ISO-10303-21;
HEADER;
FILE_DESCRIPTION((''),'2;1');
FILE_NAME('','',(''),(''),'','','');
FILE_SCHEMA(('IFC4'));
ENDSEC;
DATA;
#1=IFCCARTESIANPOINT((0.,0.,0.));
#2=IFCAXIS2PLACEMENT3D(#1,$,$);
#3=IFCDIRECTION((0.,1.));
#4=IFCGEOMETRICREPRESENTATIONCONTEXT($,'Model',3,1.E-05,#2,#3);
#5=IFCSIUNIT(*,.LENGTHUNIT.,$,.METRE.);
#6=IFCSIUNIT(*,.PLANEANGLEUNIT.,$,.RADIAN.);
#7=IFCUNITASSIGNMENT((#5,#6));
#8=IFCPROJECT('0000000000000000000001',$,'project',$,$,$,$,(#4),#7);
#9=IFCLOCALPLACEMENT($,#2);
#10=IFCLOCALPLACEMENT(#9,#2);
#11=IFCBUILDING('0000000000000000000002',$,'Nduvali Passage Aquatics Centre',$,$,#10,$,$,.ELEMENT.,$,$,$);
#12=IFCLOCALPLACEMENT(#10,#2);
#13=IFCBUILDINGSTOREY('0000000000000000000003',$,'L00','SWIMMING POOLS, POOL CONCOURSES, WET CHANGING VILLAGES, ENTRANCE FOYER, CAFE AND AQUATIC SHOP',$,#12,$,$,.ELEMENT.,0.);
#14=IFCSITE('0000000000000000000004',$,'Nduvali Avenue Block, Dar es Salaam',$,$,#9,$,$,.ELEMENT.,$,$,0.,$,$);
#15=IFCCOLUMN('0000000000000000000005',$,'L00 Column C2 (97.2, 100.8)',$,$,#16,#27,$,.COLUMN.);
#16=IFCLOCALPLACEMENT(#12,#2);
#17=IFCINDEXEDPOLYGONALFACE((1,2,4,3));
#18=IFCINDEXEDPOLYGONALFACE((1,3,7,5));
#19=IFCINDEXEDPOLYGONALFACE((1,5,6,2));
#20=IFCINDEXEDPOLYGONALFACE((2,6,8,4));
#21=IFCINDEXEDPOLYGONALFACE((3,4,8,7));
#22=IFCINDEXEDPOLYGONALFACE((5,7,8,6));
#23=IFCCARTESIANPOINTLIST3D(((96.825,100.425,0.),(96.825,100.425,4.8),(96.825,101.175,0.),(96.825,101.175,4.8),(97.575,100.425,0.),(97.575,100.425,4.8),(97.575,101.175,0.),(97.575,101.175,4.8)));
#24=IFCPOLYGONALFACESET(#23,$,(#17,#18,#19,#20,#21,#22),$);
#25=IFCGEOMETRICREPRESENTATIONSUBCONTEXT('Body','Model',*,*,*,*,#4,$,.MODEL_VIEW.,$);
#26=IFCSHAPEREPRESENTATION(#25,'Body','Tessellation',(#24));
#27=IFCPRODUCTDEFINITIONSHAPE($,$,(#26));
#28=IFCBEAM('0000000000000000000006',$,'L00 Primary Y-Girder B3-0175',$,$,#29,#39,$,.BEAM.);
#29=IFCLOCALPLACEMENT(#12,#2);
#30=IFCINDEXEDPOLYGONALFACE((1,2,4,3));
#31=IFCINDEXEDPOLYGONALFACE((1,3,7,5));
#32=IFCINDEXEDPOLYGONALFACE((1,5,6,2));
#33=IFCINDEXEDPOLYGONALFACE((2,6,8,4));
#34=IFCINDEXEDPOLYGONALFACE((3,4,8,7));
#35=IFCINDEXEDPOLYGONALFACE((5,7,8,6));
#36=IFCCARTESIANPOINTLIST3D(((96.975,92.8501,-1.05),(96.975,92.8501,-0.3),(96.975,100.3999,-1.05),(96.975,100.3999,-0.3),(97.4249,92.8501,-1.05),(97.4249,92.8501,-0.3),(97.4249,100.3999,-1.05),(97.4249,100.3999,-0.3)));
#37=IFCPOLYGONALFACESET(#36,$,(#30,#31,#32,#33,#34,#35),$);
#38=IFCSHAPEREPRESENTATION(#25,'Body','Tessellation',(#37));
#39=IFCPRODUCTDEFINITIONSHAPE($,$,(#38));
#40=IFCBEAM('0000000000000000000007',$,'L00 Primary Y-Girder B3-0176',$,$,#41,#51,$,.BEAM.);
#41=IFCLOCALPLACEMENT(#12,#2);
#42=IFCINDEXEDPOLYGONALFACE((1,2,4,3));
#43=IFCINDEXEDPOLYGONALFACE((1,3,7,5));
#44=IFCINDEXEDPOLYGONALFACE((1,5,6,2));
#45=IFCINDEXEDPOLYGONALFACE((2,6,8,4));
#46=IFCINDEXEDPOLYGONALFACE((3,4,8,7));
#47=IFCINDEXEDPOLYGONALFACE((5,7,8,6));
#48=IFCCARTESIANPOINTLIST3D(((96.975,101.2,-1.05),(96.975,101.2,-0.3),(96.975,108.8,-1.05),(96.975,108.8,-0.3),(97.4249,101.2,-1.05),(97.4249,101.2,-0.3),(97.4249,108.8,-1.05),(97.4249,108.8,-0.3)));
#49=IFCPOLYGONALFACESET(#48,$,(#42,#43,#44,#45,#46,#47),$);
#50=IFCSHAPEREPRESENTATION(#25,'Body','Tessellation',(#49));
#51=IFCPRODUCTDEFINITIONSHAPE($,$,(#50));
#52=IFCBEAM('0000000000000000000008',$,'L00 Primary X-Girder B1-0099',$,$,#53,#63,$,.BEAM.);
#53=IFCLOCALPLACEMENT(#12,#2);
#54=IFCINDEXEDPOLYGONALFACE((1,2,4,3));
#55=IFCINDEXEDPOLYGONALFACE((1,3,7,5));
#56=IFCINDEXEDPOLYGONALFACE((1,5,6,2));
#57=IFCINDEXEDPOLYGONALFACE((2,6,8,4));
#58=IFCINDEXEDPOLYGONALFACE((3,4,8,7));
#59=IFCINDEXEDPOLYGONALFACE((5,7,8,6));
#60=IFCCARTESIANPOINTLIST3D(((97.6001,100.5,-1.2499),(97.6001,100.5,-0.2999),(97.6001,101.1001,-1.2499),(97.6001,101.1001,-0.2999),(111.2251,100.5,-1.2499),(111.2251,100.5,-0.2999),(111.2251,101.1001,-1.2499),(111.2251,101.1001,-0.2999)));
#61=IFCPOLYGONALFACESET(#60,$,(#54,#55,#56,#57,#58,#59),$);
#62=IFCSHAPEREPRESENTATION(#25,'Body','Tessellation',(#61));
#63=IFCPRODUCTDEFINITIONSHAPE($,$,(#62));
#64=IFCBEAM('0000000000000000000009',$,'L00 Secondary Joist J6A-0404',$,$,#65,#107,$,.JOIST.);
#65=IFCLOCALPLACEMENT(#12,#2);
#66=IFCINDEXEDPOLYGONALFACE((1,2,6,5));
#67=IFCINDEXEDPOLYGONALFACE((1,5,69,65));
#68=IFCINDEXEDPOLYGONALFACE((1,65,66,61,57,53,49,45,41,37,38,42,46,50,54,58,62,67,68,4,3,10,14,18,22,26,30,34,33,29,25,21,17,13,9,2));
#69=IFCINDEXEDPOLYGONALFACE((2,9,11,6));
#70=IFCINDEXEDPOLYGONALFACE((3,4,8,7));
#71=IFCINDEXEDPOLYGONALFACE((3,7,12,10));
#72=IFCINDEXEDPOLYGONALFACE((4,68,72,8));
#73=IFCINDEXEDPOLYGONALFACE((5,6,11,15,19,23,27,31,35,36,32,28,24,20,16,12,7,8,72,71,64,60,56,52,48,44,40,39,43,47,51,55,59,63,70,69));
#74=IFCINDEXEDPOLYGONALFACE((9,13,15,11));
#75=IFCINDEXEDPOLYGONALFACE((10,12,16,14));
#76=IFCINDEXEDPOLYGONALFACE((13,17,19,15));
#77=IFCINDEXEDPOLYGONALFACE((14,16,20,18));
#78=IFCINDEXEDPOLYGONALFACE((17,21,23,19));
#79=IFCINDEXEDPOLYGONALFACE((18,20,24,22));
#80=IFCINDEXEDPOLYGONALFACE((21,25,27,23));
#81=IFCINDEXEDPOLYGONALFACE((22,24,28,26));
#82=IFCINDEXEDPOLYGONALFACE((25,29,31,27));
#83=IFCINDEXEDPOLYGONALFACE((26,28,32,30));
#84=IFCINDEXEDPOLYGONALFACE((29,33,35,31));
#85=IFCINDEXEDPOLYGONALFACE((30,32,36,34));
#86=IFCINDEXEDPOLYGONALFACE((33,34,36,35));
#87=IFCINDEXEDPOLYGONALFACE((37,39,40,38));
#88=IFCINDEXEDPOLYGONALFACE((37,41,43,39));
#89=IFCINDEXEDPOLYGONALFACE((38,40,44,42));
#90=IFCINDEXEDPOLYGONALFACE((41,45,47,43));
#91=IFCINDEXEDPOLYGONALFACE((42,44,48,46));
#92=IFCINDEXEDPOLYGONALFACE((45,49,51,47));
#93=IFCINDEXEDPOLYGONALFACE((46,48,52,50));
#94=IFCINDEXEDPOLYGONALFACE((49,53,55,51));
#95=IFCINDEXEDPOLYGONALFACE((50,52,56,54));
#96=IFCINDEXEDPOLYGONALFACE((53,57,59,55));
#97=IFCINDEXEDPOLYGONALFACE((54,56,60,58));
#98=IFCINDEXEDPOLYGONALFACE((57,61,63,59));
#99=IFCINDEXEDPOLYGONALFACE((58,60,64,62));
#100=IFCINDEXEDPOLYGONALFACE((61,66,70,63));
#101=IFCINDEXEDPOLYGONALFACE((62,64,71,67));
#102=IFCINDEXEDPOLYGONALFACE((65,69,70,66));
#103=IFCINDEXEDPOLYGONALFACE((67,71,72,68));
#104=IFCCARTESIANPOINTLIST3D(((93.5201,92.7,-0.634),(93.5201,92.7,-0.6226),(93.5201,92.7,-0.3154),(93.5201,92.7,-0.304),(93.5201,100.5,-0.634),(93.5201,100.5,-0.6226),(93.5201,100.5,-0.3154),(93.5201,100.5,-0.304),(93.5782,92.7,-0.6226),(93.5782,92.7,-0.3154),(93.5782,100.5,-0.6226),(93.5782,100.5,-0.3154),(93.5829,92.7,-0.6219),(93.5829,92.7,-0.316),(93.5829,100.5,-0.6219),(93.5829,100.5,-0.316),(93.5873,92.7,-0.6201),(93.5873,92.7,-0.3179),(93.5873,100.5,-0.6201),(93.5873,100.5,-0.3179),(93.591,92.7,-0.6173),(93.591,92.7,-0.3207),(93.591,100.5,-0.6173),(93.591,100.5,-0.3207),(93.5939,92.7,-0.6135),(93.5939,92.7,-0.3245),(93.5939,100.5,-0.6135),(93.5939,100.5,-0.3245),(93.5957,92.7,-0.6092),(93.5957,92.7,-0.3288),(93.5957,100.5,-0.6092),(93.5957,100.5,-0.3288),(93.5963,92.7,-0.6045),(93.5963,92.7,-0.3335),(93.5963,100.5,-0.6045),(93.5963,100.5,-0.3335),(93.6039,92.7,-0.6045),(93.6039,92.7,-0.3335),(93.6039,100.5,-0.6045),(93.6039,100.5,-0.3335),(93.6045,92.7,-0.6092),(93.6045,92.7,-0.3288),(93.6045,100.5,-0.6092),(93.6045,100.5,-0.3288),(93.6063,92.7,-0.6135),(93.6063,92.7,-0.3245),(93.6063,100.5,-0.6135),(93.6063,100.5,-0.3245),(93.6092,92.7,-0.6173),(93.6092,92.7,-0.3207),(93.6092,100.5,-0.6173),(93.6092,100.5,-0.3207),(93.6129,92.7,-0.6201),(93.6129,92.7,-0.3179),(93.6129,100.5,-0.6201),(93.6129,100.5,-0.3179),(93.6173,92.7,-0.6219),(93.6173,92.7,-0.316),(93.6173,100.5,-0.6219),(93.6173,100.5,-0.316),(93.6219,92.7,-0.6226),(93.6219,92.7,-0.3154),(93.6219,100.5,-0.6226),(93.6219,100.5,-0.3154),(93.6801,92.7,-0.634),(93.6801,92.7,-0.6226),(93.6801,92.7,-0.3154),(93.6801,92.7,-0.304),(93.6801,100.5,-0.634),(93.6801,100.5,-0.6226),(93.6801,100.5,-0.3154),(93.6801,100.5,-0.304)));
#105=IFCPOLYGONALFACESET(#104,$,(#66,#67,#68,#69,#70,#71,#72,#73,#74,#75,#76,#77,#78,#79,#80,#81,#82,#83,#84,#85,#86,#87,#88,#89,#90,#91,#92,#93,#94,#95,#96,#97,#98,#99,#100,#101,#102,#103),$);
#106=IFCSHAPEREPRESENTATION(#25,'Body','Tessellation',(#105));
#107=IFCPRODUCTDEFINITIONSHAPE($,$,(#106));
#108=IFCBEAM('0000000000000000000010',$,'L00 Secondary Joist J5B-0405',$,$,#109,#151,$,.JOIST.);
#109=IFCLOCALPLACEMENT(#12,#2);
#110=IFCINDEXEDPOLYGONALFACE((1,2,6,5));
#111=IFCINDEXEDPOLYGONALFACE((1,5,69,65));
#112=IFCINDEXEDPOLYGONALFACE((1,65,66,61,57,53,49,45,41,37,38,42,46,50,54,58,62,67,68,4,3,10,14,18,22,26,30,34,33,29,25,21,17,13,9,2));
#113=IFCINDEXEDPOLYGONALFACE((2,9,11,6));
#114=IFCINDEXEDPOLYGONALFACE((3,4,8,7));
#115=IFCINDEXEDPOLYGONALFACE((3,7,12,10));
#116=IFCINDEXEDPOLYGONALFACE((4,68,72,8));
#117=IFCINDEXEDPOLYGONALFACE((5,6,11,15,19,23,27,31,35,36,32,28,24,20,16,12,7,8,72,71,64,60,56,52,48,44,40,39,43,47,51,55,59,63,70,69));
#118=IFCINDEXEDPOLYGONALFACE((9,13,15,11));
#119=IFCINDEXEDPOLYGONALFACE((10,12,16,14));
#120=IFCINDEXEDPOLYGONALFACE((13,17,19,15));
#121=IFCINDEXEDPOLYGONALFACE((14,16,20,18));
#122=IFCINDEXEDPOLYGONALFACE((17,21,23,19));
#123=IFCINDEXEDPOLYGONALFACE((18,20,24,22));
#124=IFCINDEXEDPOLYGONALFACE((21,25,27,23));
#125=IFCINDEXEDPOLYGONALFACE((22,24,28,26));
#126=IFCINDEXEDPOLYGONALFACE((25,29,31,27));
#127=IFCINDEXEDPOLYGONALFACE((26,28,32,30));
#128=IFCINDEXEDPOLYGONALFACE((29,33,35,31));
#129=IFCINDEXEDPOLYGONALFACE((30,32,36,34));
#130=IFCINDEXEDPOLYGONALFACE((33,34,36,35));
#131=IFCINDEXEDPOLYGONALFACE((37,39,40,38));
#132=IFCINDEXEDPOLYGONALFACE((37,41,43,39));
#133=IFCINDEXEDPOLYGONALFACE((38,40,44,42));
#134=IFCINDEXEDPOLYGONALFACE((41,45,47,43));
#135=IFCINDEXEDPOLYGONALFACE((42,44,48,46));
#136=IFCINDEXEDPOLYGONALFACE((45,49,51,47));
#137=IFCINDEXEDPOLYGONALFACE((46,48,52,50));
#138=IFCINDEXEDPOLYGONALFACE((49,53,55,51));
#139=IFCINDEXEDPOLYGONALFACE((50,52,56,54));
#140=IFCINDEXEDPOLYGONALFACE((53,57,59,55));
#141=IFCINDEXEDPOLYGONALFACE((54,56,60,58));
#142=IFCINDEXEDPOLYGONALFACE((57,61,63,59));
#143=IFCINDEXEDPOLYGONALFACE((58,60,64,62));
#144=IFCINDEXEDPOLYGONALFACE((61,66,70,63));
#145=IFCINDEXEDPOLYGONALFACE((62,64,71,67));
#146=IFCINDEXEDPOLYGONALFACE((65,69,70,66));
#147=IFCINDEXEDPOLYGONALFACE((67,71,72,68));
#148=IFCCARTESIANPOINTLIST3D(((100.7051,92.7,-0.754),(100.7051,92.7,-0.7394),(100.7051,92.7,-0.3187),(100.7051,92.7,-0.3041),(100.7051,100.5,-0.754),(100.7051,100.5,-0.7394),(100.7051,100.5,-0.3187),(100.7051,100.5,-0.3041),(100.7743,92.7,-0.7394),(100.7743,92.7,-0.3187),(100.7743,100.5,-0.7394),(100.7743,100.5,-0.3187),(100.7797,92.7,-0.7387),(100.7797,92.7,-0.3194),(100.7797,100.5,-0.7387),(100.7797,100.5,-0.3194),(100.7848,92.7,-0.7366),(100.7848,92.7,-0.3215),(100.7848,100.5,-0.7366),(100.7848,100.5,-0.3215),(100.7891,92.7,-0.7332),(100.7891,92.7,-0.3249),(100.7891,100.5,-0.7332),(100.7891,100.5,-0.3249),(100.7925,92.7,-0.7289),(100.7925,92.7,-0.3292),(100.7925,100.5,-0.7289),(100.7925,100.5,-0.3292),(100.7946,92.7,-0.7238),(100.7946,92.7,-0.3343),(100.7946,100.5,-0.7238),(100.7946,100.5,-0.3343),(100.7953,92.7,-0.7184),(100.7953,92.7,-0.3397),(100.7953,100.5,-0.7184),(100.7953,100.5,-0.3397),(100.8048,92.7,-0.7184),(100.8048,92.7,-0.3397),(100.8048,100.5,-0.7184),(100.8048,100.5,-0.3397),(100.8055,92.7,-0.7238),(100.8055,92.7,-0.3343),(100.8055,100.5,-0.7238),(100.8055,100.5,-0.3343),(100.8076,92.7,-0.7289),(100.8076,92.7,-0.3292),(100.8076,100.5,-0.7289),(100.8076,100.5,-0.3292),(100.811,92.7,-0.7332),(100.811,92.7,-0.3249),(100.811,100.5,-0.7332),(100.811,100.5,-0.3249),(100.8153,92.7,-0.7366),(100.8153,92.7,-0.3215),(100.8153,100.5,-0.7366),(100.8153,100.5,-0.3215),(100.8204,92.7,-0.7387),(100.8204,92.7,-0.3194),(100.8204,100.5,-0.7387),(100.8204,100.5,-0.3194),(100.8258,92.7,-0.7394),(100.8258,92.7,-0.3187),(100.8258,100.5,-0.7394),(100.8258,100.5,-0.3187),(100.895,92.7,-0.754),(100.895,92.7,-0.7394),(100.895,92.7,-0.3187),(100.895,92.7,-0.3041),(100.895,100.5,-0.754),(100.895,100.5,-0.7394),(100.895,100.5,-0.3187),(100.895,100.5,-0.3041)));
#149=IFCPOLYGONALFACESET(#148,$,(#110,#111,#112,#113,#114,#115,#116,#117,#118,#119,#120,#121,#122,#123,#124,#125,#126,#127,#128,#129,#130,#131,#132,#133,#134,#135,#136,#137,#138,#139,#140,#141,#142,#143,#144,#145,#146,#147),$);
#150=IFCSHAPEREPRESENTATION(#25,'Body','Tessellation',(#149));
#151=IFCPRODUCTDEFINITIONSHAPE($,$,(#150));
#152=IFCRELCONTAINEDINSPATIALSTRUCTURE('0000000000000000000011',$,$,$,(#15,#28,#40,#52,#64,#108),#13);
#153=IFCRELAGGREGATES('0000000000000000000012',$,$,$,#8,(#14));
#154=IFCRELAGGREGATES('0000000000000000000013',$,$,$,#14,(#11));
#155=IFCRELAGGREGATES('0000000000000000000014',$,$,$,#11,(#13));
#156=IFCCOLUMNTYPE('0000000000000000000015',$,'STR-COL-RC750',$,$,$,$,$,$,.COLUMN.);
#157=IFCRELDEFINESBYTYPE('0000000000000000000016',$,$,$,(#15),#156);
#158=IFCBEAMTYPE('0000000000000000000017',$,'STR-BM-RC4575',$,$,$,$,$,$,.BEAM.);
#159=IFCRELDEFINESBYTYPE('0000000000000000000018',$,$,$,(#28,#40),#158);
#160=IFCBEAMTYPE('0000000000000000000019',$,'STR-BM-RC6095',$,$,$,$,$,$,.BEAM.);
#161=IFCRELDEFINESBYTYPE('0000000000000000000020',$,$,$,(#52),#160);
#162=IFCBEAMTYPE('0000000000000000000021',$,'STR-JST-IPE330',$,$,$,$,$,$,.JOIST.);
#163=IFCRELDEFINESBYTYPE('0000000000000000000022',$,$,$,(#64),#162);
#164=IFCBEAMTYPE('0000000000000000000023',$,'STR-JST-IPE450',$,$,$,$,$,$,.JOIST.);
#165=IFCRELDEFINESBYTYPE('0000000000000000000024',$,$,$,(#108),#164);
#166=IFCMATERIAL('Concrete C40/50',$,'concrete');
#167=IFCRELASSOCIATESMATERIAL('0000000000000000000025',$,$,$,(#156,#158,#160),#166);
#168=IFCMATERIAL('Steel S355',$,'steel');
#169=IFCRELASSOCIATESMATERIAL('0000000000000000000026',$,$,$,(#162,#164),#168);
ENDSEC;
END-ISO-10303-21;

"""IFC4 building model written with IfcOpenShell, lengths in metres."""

from ifc_helpers import new_model, si_unit, direction, frame, origin, origin_2d, place, context, subcontext, project, spatial, rectangle, i_section, extrude, material, material_profile, profile_set, type_object, element, save


model = new_model("IFC4")

# Units and contexts
model_context = context("Model", 3, precision=1e-05, world=origin(), true_north=direction((0.0, 1.0)))
body_context = subcontext(model_context, "Body", "Model", "MODEL_VIEW")
ifc_project = project(units=[si_unit("LENGTHUNIT", "METRE"), si_unit("PLANEANGLEUNIT", "RADIAN")], contexts=[model_context])

# Site, building, storey
site_placement = place(None, origin())
site = spatial("IfcSite", under=ifc_project, at=site_placement, Name="Nduvali Avenue Block, Dar es Salaam", CompositionType="ELEMENT", RefElevation=0.0)
building_placement = place(site_placement, origin())
building = spatial("IfcBuilding", under=site, at=building_placement, Name="Nduvali Passage Aquatics Centre", CompositionType="ELEMENT")
storey_placement = place(building_placement, origin())
storey = spatial("IfcBuildingStorey", under=building, at=storey_placement, Name="L00", Description="SWIMMING POOLS, POOL CONCOURSES, WET CHANGING VILLAGES, ENTRANCE FOYER, CAFE AND AQUATIC SHOP", CompositionType="ELEMENT", Elevation=0.0)

# Column
ifc_material_1 = material(Name="Concrete C40/50", Category="concrete")
ifc_material_profile_1 = material_profile(ifc_material_1, rectangle(XDim=0.75, YDim=0.75, at=origin_2d()), Name="RC 750x750")
ifc_profile_set_1 = profile_set([ifc_material_profile_1], Name="Concrete C40/50")
column_type = type_object("IfcColumnType", Name="STR-COL-RC750", PredefinedType="COLUMN", material=ifc_profile_set_1)
column_placement = place(storey_placement, frame((97.2, 100.8, 0.0), z_axis=(0.0, 0.0, 1.0), x_axis=(1.0, 0.0, 0.0)))
element("IfcColumn", 1, at=column_placement, inside=storey, type_object=column_type, Name="L00 Column C2 (97.2, 100.8)", PredefinedType="COLUMN", context=body_context, shape_type="SweptSolid", body=[
    extrude(rectangle(XDim=0.75, YDim=0.75, at=origin_2d()), origin(), (0.0, 0.0, 1.0), 4.8),
])

# Beams
ifc_material_profile_2 = material_profile(ifc_material_1, rectangle(XDim=0.45, YDim=0.75, at=origin_2d()), Name="RC 450x750")
ifc_profile_set_2 = profile_set([ifc_material_profile_2], Name="Concrete C40/50")
beam_type_1 = type_object("IfcBeamType", Name="STR-BM-RC4575", PredefinedType="BEAM", material=ifc_profile_set_2)
beam_1_placement = place(storey_placement, frame((97.2, 92.8501, -0.675), z_axis=(0.0, 1.0, 0.0), x_axis=(-1.0, 0.0, 0.0)))
element("IfcBeam", 2, at=beam_1_placement, inside=storey, type_object=beam_type_1, Name="L00 Primary Y-Girder B3-0175", PredefinedType="BEAM", context=body_context, shape_type="SweptSolid", body=[
    extrude(rectangle(XDim=0.45, YDim=0.75, at=origin_2d()), origin(), (0.0, 0.0, 1.0), 7.5498),
])
beam_2_placement = place(storey_placement, frame((97.2, 101.2, -0.675), z_axis=(0.0, 1.0, 0.0), x_axis=(-1.0, 0.0, 0.0)))
element("IfcBeam", 3, at=beam_2_placement, inside=storey, type_object=beam_type_1, Name="L00 Primary Y-Girder B3-0176", PredefinedType="BEAM", context=body_context, shape_type="SweptSolid", body=[
    extrude(rectangle(XDim=0.45, YDim=0.75, at=origin_2d()), origin(), (0.0, 0.0, 1.0), 7.6001),
])
ifc_material_profile_3 = material_profile(ifc_material_1, rectangle(XDim=0.6001, YDim=0.95, at=origin_2d()), Name="RC 600x950")
ifc_profile_set_3 = profile_set([ifc_material_profile_3], Name="Concrete C40/50")
beam_type_2 = type_object("IfcBeamType", Name="STR-BM-RC6095", PredefinedType="BEAM", material=ifc_profile_set_3)
beam_3_placement = place(storey_placement, frame((97.6001, 100.8, -0.7749), z_axis=(1.0, 0.0, 0.0), x_axis=(0.0, 1.0, 0.0)))
element("IfcBeam", 4, at=beam_3_placement, inside=storey, type_object=beam_type_2, Name="L00 Primary X-Girder B1-0099", PredefinedType="BEAM", context=body_context, shape_type="SweptSolid", body=[
    extrude(rectangle(XDim=0.6001, YDim=0.95, at=origin_2d()), origin(), (0.0, 0.0, 1.0), 13.625),
])
ifc_material_2 = material(Name="Steel S355", Category="steel")
ifc_material_profile_4 = material_profile(ifc_material_2, i_section(OverallWidth=0.1599, OverallDepth=0.3301, WebThickness=0.0076, FlangeThickness=0.0115, FilletRadius=0.0181, at=origin_2d()), Name="IPE 330")
ifc_profile_set_4 = profile_set([ifc_material_profile_4], Name="Steel S355")
beam_type_3 = type_object("IfcBeamType", Name="STR-JST-IPE330", PredefinedType="JOIST", material=ifc_profile_set_4)
beam_4_placement = place(storey_placement, frame((93.6001, 92.7, -0.469), z_axis=(0.0, 1.0, 0.0), x_axis=(-1.0, 0.0, 0.0)))
element("IfcBeam", 5, at=beam_4_placement, inside=storey, type_object=beam_type_3, Name="L00 Secondary Joist J6A-0404", PredefinedType="JOIST", context=body_context, shape_type="SweptSolid", body=[
    extrude(i_section(OverallWidth=0.1599, OverallDepth=0.3301, WebThickness=0.0076, FlangeThickness=0.0115, FilletRadius=0.0181, at=origin_2d()), origin(), (0.0, 0.0, 1.0), 7.8),
])
ifc_material_profile_5 = material_profile(ifc_material_2, i_section(OverallWidth=0.1899, OverallDepth=0.45, WebThickness=0.0095, FlangeThickness=0.0146, FilletRadius=0.021, at=origin_2d()), Name="IPE 450")
ifc_profile_set_5 = profile_set([ifc_material_profile_5], Name="Steel S355")
beam_type_4 = type_object("IfcBeamType", Name="STR-JST-IPE450", PredefinedType="JOIST", material=ifc_profile_set_5)
for number, where, z_axis, x_axis, name in (
    (6, (100.8, 92.7, -0.5291), (0.0, 1.0, 0.0), (-1.0, 0.0, 0.0), "L00 Secondary Joist J5B-0405"),
):
    element("IfcBeam", number, at=place(storey_placement, frame(where, z_axis=z_axis, x_axis=x_axis)), inside=storey, type_object=beam_type_4, Name=name, PredefinedType="JOIST", context=body_context, shape_type="SweptSolid", body=[
        extrude(i_section(OverallWidth=0.1899, OverallDepth=0.45, WebThickness=0.0095, FlangeThickness=0.0146, FilletRadius=0.021, at=origin_2d()), origin(), (0.0, 0.0, 1.0), 7.8),
    ])

save(model, "model.ifc")
